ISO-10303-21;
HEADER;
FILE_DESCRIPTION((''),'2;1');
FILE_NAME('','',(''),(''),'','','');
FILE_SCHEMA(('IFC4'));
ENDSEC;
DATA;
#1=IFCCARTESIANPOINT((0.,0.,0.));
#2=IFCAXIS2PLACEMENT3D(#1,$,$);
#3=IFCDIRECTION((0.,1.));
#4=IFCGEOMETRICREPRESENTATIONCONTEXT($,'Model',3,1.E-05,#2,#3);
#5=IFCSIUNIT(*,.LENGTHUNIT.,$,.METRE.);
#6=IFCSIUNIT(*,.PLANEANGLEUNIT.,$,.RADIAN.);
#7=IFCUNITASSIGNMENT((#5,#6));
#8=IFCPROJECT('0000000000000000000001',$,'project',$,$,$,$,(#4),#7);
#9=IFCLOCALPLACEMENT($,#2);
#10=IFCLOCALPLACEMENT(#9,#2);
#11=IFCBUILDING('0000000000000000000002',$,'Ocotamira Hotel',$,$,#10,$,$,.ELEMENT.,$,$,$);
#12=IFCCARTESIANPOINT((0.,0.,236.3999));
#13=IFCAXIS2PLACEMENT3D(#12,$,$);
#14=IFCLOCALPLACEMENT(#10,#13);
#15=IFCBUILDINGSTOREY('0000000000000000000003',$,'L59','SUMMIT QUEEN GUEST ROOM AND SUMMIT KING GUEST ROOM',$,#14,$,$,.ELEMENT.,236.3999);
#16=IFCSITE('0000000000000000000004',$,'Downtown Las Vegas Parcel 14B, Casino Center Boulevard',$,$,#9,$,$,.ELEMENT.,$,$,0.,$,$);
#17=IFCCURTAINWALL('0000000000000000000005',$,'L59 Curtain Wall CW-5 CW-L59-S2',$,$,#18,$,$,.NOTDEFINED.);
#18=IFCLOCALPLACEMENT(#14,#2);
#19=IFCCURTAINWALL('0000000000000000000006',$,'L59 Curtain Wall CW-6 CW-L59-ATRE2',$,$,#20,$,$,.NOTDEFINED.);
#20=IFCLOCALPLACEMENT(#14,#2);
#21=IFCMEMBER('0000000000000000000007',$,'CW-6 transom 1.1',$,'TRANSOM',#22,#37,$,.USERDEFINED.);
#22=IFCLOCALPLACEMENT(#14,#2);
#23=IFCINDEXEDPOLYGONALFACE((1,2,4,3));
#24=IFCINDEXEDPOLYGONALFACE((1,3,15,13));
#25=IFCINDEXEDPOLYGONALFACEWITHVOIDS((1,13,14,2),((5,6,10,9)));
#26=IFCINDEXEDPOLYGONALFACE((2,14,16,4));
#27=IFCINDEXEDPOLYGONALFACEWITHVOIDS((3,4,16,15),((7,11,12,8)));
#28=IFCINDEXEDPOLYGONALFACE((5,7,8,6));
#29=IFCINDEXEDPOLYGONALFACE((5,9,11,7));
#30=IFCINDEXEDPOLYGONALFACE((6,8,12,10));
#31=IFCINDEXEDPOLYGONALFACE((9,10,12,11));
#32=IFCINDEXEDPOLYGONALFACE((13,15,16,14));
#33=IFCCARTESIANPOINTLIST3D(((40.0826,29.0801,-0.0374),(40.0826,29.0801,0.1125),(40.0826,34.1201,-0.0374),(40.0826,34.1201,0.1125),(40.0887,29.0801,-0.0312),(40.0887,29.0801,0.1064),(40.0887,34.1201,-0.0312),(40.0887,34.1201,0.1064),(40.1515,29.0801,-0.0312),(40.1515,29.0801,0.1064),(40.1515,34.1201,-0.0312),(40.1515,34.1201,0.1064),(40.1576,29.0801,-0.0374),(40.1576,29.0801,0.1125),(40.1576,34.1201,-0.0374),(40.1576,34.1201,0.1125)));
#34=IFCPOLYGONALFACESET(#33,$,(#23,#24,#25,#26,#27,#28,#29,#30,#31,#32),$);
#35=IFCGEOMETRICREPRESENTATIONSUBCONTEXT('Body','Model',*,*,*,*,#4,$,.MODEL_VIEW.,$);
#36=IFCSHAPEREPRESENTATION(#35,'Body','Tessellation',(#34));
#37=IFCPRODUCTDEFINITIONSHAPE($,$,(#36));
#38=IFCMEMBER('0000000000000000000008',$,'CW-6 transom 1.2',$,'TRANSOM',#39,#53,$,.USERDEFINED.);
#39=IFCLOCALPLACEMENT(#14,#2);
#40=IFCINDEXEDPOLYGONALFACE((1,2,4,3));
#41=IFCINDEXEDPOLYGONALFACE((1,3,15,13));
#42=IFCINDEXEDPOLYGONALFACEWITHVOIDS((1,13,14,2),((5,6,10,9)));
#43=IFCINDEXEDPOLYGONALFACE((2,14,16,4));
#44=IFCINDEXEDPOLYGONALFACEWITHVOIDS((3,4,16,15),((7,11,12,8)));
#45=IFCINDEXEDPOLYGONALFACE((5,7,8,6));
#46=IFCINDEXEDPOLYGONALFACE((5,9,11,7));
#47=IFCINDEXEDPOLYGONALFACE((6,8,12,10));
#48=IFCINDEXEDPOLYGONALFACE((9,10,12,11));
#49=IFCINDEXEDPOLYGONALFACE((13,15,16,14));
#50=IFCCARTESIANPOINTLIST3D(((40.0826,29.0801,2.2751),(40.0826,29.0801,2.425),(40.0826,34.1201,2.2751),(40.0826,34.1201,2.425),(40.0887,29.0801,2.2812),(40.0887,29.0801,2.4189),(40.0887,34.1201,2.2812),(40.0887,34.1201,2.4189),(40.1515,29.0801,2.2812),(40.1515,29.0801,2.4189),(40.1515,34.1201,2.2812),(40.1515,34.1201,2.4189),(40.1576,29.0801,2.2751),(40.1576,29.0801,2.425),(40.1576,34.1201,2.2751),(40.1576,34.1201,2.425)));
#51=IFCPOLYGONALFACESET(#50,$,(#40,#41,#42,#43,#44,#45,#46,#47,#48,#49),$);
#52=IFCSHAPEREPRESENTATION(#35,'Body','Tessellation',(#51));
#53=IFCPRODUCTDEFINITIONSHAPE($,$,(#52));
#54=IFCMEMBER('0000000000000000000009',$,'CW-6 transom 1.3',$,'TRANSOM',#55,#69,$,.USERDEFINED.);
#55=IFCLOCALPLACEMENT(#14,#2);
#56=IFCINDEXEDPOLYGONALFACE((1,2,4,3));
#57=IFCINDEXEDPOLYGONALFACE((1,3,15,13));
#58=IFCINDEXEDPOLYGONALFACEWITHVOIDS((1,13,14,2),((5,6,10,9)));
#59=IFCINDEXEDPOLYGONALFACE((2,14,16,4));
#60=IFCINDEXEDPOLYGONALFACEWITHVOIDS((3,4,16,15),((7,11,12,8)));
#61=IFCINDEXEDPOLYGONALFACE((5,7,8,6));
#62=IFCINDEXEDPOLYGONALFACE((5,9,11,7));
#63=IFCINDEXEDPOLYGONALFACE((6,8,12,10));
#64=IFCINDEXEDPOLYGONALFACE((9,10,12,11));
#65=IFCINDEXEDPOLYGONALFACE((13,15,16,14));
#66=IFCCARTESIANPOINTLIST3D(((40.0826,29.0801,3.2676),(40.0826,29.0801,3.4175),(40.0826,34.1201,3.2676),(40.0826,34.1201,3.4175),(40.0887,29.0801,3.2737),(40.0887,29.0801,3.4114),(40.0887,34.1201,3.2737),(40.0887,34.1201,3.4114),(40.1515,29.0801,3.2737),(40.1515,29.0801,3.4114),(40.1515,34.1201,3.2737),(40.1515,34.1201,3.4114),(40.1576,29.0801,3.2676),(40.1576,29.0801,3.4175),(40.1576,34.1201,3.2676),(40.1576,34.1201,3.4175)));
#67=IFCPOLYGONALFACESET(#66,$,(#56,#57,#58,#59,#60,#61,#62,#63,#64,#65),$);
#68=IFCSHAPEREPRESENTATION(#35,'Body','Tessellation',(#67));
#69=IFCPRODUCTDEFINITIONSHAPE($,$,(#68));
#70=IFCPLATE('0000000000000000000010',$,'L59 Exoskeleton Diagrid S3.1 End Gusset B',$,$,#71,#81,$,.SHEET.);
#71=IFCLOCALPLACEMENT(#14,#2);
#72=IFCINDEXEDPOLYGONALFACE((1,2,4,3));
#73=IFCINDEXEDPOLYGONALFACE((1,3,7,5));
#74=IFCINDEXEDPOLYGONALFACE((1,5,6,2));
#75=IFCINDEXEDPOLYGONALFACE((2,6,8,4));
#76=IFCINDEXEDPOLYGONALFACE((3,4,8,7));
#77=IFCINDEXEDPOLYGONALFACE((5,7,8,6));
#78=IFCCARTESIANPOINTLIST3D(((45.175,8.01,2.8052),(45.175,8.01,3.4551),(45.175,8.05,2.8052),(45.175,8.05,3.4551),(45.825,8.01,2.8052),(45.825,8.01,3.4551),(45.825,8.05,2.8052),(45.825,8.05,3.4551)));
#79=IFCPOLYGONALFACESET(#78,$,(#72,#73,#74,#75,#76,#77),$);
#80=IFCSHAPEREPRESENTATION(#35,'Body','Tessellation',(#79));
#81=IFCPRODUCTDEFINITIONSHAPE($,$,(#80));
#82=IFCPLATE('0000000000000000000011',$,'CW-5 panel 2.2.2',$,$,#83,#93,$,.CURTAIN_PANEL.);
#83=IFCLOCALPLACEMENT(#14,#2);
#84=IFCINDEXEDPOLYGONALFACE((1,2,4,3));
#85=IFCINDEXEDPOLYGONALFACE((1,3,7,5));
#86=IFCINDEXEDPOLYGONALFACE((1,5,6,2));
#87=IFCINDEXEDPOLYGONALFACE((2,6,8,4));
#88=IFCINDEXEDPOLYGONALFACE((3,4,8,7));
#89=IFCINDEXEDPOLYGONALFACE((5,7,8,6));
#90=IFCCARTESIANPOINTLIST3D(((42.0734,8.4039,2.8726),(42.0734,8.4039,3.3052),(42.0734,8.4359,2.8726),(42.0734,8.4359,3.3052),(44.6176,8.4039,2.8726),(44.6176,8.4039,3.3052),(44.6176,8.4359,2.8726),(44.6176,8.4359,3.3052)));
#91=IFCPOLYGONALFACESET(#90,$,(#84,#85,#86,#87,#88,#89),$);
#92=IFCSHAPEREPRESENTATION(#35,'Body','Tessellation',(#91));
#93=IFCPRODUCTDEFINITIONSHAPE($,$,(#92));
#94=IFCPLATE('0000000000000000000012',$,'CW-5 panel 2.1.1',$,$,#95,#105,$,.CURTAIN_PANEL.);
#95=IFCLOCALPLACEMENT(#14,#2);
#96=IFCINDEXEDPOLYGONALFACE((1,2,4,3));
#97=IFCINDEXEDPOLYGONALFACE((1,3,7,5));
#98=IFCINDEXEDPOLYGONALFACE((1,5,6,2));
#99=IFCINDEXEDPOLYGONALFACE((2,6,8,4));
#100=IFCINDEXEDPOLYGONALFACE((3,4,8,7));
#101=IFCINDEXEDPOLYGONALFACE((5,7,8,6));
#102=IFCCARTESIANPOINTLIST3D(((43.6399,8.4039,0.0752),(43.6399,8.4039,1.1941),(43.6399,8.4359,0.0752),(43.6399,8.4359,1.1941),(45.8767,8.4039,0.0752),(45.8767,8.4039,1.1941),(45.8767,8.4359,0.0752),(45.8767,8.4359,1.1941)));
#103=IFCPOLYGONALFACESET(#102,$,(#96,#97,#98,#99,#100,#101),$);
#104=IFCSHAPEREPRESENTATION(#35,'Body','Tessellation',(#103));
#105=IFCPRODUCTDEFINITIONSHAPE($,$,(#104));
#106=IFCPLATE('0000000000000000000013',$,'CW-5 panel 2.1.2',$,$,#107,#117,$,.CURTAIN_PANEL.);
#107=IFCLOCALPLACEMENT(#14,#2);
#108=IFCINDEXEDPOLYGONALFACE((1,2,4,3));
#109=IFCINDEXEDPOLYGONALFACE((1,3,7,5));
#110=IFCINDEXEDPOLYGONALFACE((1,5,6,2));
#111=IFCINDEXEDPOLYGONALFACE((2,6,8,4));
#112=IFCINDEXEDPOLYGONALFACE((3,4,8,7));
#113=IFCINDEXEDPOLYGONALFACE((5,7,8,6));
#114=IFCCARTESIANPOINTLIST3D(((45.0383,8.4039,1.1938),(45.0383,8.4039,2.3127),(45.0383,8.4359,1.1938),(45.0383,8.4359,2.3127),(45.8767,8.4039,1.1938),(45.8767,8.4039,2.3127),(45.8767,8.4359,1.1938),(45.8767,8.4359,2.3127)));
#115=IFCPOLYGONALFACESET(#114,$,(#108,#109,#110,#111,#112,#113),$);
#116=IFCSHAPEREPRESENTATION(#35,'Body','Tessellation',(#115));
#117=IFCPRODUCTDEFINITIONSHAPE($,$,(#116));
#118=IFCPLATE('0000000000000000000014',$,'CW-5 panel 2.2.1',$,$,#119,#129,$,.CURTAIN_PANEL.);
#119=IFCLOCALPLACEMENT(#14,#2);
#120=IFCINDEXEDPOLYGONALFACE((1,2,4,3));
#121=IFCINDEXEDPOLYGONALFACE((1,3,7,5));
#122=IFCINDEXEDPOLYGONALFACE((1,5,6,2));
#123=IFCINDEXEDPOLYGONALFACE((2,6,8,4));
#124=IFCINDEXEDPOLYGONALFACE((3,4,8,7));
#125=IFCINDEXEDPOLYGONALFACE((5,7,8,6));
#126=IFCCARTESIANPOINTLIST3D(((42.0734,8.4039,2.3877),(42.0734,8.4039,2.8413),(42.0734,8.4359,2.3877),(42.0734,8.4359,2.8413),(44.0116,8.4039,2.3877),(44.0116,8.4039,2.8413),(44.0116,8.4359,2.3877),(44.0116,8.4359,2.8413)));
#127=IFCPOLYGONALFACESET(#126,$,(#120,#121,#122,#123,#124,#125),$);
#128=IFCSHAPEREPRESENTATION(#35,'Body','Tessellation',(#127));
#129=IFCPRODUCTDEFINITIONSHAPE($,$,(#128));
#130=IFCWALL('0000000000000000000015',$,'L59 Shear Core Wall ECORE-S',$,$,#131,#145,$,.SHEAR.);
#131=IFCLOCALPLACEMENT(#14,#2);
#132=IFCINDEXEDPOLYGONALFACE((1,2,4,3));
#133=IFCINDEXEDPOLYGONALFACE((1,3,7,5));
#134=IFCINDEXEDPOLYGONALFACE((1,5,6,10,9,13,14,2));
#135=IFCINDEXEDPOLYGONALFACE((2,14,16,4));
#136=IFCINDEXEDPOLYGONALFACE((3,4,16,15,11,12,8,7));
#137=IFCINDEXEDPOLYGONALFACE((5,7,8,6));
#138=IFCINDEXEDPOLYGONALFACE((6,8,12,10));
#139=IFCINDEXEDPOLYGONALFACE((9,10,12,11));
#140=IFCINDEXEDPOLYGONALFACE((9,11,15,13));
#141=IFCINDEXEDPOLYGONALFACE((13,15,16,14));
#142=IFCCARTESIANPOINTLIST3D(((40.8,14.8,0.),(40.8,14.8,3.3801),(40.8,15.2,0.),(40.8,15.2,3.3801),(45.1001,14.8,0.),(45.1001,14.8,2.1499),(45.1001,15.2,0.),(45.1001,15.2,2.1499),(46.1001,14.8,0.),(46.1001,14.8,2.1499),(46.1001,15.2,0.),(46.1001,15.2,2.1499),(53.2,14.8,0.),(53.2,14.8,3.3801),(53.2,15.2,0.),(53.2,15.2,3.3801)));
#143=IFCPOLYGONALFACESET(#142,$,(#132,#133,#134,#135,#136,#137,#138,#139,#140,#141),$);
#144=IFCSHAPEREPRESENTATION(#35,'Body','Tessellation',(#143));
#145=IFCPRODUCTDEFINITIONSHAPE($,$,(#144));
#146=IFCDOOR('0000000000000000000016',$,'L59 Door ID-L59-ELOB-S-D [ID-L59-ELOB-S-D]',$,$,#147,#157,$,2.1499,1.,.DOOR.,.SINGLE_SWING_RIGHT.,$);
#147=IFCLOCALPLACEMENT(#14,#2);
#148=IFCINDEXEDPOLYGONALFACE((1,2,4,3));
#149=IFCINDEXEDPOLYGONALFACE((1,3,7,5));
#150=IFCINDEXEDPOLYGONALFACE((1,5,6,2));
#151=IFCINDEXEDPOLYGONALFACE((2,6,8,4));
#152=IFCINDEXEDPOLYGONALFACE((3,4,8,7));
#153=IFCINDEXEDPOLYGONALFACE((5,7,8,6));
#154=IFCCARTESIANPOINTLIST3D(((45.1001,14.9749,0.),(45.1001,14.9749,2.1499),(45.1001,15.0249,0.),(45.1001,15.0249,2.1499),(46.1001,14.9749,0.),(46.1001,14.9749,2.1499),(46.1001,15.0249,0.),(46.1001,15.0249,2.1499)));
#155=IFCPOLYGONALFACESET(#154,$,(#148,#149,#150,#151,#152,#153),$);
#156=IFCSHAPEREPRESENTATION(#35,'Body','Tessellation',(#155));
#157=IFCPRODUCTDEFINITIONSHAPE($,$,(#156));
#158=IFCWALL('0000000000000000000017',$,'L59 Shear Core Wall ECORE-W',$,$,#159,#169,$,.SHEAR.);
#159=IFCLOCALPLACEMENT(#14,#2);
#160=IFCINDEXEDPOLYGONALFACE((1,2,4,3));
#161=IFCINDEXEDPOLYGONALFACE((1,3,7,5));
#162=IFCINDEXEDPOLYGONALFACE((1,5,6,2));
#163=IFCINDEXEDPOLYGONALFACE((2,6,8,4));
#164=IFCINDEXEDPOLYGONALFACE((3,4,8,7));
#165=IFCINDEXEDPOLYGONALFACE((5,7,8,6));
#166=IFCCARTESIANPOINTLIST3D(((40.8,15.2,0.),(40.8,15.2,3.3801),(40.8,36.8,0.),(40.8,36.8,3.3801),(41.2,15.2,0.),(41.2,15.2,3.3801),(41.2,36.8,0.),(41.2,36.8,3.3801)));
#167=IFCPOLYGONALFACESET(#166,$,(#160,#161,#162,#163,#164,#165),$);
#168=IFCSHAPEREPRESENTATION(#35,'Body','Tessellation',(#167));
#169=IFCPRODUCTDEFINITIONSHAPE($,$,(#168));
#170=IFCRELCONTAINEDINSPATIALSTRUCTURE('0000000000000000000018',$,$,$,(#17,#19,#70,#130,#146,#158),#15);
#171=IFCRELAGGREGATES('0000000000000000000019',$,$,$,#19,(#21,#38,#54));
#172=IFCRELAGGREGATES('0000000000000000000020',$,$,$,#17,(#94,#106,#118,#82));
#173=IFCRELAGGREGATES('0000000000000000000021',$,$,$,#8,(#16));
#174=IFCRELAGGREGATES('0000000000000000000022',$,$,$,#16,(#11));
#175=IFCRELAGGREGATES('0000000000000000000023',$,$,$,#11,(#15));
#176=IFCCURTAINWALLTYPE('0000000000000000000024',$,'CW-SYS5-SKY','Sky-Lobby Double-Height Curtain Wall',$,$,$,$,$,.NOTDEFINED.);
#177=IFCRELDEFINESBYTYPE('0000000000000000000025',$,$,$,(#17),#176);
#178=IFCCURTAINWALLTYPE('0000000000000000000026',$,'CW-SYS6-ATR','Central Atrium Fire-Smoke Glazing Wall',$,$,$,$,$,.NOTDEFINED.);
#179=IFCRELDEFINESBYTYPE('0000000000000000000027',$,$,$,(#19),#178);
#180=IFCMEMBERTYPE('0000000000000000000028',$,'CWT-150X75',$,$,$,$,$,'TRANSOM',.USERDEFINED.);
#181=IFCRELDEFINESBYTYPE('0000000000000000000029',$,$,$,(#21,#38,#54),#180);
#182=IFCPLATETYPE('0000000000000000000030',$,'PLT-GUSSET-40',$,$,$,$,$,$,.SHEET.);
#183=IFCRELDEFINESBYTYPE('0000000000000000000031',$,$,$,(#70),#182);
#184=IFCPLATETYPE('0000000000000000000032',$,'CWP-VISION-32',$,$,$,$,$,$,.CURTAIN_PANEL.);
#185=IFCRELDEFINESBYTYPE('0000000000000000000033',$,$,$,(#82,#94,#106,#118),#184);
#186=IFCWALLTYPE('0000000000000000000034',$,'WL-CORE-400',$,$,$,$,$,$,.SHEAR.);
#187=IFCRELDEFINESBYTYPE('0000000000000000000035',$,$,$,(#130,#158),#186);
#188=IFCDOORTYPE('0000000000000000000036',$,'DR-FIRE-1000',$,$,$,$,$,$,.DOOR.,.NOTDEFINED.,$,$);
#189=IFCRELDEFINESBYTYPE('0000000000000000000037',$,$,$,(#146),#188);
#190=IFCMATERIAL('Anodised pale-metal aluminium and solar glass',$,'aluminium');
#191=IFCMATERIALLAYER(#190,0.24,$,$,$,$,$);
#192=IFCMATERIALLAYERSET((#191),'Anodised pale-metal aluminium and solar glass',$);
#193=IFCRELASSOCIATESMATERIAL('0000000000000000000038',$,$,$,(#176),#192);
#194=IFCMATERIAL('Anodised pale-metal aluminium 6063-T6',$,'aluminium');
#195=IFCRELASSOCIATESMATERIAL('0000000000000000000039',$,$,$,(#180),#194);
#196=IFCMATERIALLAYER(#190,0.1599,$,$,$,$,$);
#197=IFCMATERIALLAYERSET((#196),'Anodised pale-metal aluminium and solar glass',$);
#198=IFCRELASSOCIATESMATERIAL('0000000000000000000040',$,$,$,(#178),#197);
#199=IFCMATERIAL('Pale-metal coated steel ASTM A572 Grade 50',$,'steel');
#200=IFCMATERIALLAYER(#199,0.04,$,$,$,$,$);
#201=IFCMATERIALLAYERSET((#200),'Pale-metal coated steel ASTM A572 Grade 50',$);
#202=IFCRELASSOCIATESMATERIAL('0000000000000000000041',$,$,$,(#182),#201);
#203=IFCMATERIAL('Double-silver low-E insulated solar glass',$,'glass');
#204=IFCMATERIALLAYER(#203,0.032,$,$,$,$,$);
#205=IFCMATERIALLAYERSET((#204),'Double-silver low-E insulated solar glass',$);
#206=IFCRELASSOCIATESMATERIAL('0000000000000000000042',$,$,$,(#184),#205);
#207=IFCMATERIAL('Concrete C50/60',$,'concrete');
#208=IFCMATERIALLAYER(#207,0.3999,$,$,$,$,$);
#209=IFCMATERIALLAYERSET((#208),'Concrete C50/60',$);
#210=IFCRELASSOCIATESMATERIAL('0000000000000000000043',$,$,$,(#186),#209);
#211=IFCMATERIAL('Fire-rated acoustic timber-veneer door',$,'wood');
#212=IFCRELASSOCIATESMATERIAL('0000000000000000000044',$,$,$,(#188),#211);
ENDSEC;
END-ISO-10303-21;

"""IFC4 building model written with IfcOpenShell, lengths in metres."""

from ifc_helpers import new_model, si_unit, direction, frame, frame_2d, origin, origin_2d, place, context, subcontext, project, spatial, rectangle, hollow_rectangle, extrude, source, transform, mapped, material, layer, layer_set, material_profile, profile_set, type_object, element, fill, aggregate, save


model = new_model("IFC4")

# Units and contexts
model_context = context("Model", 3, precision=1e-05, world=origin(), true_north=direction((0.0, 1.0)))
body_context = subcontext(model_context, "Body", "Model", "MODEL_VIEW")
ifc_project = project(units=[si_unit("LENGTHUNIT", "METRE"), si_unit("PLANEANGLEUNIT", "RADIAN")], contexts=[model_context])

# Site, building, storey
site_placement = place(None, origin())
site = spatial("IfcSite", under=ifc_project, at=site_placement, Name="Downtown Las Vegas Parcel 14B, Casino Center Boulevard", CompositionType="ELEMENT", RefElevation=0.0)
building_placement = place(site_placement, origin())
building = spatial("IfcBuilding", under=site, at=building_placement, Name="Ocotamira Hotel", CompositionType="ELEMENT")
storey_placement = place(building_placement, frame((0.0, 0.0, 236.3999)))
storey = spatial("IfcBuildingStorey", under=building, at=storey_placement, Name="L59", Description="SUMMIT QUEEN GUEST ROOM AND SUMMIT KING GUEST ROOM", CompositionType="ELEMENT", Elevation=236.3999)

# Curtain walls, members
ifc_material_1 = material(Name="Anodised pale-metal aluminium and solar glass", Category="aluminium")
ifc_layer_1 = layer(ifc_material_1, 0.24)
ifc_layer_set_1 = layer_set([ifc_layer_1], Name="Anodised pale-metal aluminium and solar glass")
curtain_wall_type_1 = type_object("IfcCurtainWallType", Name="CW-SYS5-SKY", Description="Sky-Lobby Double-Height Curtain Wall", PredefinedType="NOTDEFINED", material=ifc_layer_set_1)
curtain_wall_1_placement = place(storey_placement, origin())
curtain_wall_1 = element("IfcCurtainWall", 1, at=curtain_wall_1_placement, inside=storey, type_object=curtain_wall_type_1, Name="L59 Curtain Wall CW-5 CW-L59-S2", PredefinedType="NOTDEFINED")
ifc_material_2 = material(Name="Anodised pale-metal aluminium 6063-T6", Category="aluminium")
ifc_material_profile_1 = material_profile(ifc_material_2, hollow_rectangle(XDim=0.075, YDim=0.1499, WallThickness=0.0061, at=origin_2d()), Name="HSS150X75X6")
ifc_profile_set_1 = profile_set([ifc_material_profile_1], Name="Anodised pale-metal aluminium 6063-T6")
member_type_1 = type_object("IfcMemberType", Name="CWT-150X75", ElementType="TRANSOM", PredefinedType="USERDEFINED", material=ifc_profile_set_1)
ifc_layer_2 = layer(ifc_material_1, 0.1599)
ifc_layer_set_2 = layer_set([ifc_layer_2], Name="Anodised pale-metal aluminium and solar glass")
curtain_wall_type_2 = type_object("IfcCurtainWallType", Name="CW-SYS6-ATR", Description="Central Atrium Fire-Smoke Glazing Wall", PredefinedType="NOTDEFINED", material=ifc_layer_set_2)
curtain_wall_2_placement = place(storey_placement, origin())
curtain_wall_2 = element("IfcCurtainWall", 2, at=curtain_wall_2_placement, inside=storey, type_object=curtain_wall_type_2, Name="L59 Curtain Wall CW-6 CW-L59-ATRE2", PredefinedType="NOTDEFINED")
shared_shape_1 = source(origin(), body_context, "Body", "SweptSolid", [
    extrude(hollow_rectangle(XDim=0.075, YDim=0.1499, WallThickness=0.0061, at=origin_2d()), origin(), (0.0, 0.0, 1.0), 5.04),
])
member_1_placement = place(storey_placement, frame((40.1201, 29.0801, 0.0376), z_axis=(0.0, 1.0, 0.0), x_axis=(-1.0, 0.0, 0.0)))
member_1 = element("IfcMember", 3, at=member_1_placement, type_object=member_type_1, Name="CW-6 transom 1.1", ObjectType="TRANSOM", PredefinedType="USERDEFINED", context=body_context, shape_type="MappedRepresentation", body=[
    mapped(shared_shape_1, transform((0.0, 0.0, 0.0), scale=1.0)),
])
member_2_placement = place(storey_placement, frame((40.1201, 29.0801, 2.3501), z_axis=(0.0, 1.0, 0.0), x_axis=(-1.0, 0.0, 0.0)))
member_2 = element("IfcMember", 4, at=member_2_placement, type_object=member_type_1, Name="CW-6 transom 1.2", ObjectType="TRANSOM", PredefinedType="USERDEFINED", context=body_context, shape_type="MappedRepresentation", body=[
    mapped(shared_shape_1, transform((0.0, 0.0, 0.0), scale=1.0)),
])
member_3_placement = place(storey_placement, frame((40.1201, 29.0801, 3.3425), z_axis=(0.0, 1.0, 0.0), x_axis=(-1.0, 0.0, 0.0)))
member_3 = element("IfcMember", 5, at=member_3_placement, type_object=member_type_1, Name="CW-6 transom 1.3", ObjectType="TRANSOM", PredefinedType="USERDEFINED", context=body_context, shape_type="MappedRepresentation", body=[
    mapped(shared_shape_1, transform((0.0, 0.0, 0.0), scale=1.0)),
])
aggregate(curtain_wall_2, [member_1, member_2, member_3])

# Plates
ifc_material_3 = material(Name="Pale-metal coated steel ASTM A572 Grade 50", Category="steel")
ifc_layer_3 = layer(ifc_material_3, 0.04)
ifc_layer_set_3 = layer_set([ifc_layer_3], Name="Pale-metal coated steel ASTM A572 Grade 50")
plate_type_1 = type_object("IfcPlateType", Name="PLT-GUSSET-40", PredefinedType="SHEET", material=ifc_layer_set_3)
shared_shape_2 = source(origin(), body_context, "Body", "SweptSolid", [
    extrude(rectangle(XDim=0.6499, YDim=0.04, at=origin_2d()), origin(), (0.0, 0.0, 1.0), 0.6499),
])
plate_1_placement = place(storey_placement, frame((45.5, 8.03, 2.8052), z_axis=(0.0, 0.0, 1.0), x_axis=(1.0, 0.0, 0.0)))
element("IfcPlate", 6, at=plate_1_placement, inside=storey, type_object=plate_type_1, Name="L59 Exoskeleton Diagrid S3.1 End Gusset B", PredefinedType="SHEET", context=body_context, shape_type="MappedRepresentation", body=[
    mapped(shared_shape_2, transform((0.0, 0.0, 0.0), scale=1.0)),
])
ifc_material_4 = material(Name="Double-silver low-E insulated solar glass", Category="glass")
ifc_layer_4 = layer(ifc_material_4, 0.032)
ifc_layer_set_4 = layer_set([ifc_layer_4], Name="Double-silver low-E insulated solar glass")
plate_type_2 = type_object("IfcPlateType", Name="CWP-VISION-32", PredefinedType="CURTAIN_PANEL", material=ifc_layer_set_4)
shared_shape_3 = source(origin(), body_context, "Body", "SweptSolid", [
    extrude(rectangle(XDim=2.5442, YDim=0.032, at=origin_2d()), origin(), (0.0, 0.0, 1.0), 0.4326),
])
plate_2_placement = place(storey_placement, frame((43.3455, 8.4199, 2.8726), z_axis=(0.0, 0.0, 1.0), x_axis=(1.0, 0.0, 0.0)))
plate_2 = element("IfcPlate", 7, at=plate_2_placement, type_object=plate_type_2, Name="CW-5 panel 2.2.2", PredefinedType="CURTAIN_PANEL", context=body_context, shape_type="MappedRepresentation", body=[
    mapped(shared_shape_3, transform((0.0, 0.0, 0.0), scale=1.0)),
])
shared_shape_4 = source(origin(), body_context, "Body", "SweptSolid", [
    extrude(rectangle(XDim=2.2368, YDim=0.032, at=origin_2d()), origin(), (0.0, 0.0, 1.0), 1.1189),
])
plate_3_placement = place(storey_placement, frame((44.7583, 8.4199, 0.0752), z_axis=(0.0, 0.0, 1.0), x_axis=(1.0, 0.0, 0.0)))
plate_3 = element("IfcPlate", 8, at=plate_3_placement, type_object=plate_type_2, Name="CW-5 panel 2.1.1", PredefinedType="CURTAIN_PANEL", context=body_context, shape_type="MappedRepresentation", body=[
    mapped(shared_shape_4, transform((0.0, 0.0, 0.0), scale=1.0)),
])
shared_shape_5 = source(origin(), body_context, "Body", "SweptSolid", [
    extrude(rectangle(XDim=0.8384, YDim=0.032, at=origin_2d()), origin(), (0.0, 0.0, 1.0), 1.1189),
])
plate_4_placement = place(storey_placement, frame((45.4575, 8.4199, 1.1938), z_axis=(0.0, 0.0, 1.0), x_axis=(1.0, 0.0, 0.0)))
plate_4 = element("IfcPlate", 9, at=plate_4_placement, type_object=plate_type_2, Name="CW-5 panel 2.1.2", PredefinedType="CURTAIN_PANEL", context=body_context, shape_type="MappedRepresentation", body=[
    mapped(shared_shape_5, transform((0.0, 0.0, 0.0), scale=1.0)),
])
shared_shape_6 = source(origin(), body_context, "Body", "SweptSolid", [
    extrude(rectangle(XDim=1.9382, YDim=0.032, at=origin_2d()), origin(), (0.0, 0.0, 1.0), 0.4536),
])
plate_5_placement = place(storey_placement, frame((43.0425, 8.4199, 2.3877), z_axis=(0.0, 0.0, 1.0), x_axis=(1.0, 0.0, 0.0)))
plate_5 = element("IfcPlate", 10, at=plate_5_placement, type_object=plate_type_2, Name="CW-5 panel 2.2.1", PredefinedType="CURTAIN_PANEL", context=body_context, shape_type="MappedRepresentation", body=[
    mapped(shared_shape_6, transform((0.0, 0.0, 0.0), scale=1.0)),
])
aggregate(curtain_wall_1, [plate_3, plate_4, plate_5, plate_2])

# Wall, opening, door
ifc_material_5 = material(Name="Concrete C50/60", Category="concrete")
ifc_layer_5 = layer(ifc_material_5, 0.3999)
ifc_layer_set_5 = layer_set([ifc_layer_5], Name="Concrete C50/60")
wall_type_1 = type_object("IfcWallType", Name="WL-CORE-400", PredefinedType="SHEAR", material=ifc_layer_set_5)
wall_1_placement = place(storey_placement, frame((40.8, 15.0, 0.0), z_axis=(0.0, 0.0, 1.0), x_axis=(1.0, 0.0, 0.0)))
wall_1 = element("IfcWall", 11, at=wall_1_placement, inside=storey, type_object=wall_type_1, Name="L59 Shear Core Wall ECORE-S", PredefinedType="SHEAR", context=body_context, shape_type="SweptSolid", body=[
    extrude(rectangle(XDim=12.3999, YDim=0.3999, at=frame_2d((6.2, 0.0))), origin(), (0.0, 0.0, 1.0), 3.3801),
])
opening_1_placement = place(wall_1_placement, frame((4.3, 0.0, 0.0)))
opening_1 = element("IfcOpeningElement", 12, at=opening_1_placement, cuts=wall_1, PredefinedType="OPENING", context=body_context, shape_type="SweptSolid", body=[
    extrude(rectangle(XDim=1.0, YDim=2.1499, at=frame_2d((0.5, 1.075))), frame((0.0, 0.21, 0.0), z_axis=(0.0, -1.0, 0.0), x_axis=(1.0, 0.0, 0.0)), (0.0, 0.0, 1.0), 0.4199),
])
ifc_material_6 = material(Name="Fire-rated acoustic timber-veneer door", Category="wood")
door_type_1 = type_object("IfcDoorType", Name="DR-FIRE-1000", OperationType="NOTDEFINED", PredefinedType="DOOR", material=ifc_material_6)
shared_shape_7 = source(origin(), body_context, "Body", "SweptSolid", [
    extrude(rectangle(XDim=1.0, YDim=2.1499, at=frame_2d((0.5, 1.075))), frame((0.0, 0.0249, 0.0), z_axis=(0.0, -1.0, 0.0), x_axis=(1.0, 0.0, 0.0)), (0.0, 0.0, 1.0), 0.05),
])
door_1_placement = place(opening_1_placement, origin())
door_1 = element("IfcDoor", 13, at=door_1_placement, inside=storey, type_object=door_type_1, Name="L59 Door ID-L59-ELOB-S-D [ID-L59-ELOB-S-D]", OperationType="SINGLE_SWING_RIGHT", OverallHeight=2.1499, OverallWidth=1.0, PredefinedType="DOOR", context=body_context, shape_type="MappedRepresentation", body=[
    mapped(shared_shape_7, transform((0.0, 0.0, 0.0), scale=1.0)),
])
fill(opening_1, door_1)

# Wall
wall_2_placement = place(storey_placement, frame((41.0, 15.2, 0.0), z_axis=(0.0, 0.0, 1.0), x_axis=(0.0, 1.0, 0.0)))
element("IfcWall", 14, at=wall_2_placement, inside=storey, type_object=wall_type_1, Name="L59 Shear Core Wall ECORE-W", PredefinedType="SHEAR", context=body_context, shape_type="SweptSolid", body=[
    extrude(rectangle(XDim=21.6001, YDim=0.3999, at=frame_2d((10.8, 0.0))), origin(), (0.0, 0.0, 1.0), 3.3801),
])

save(model, "model.ifc")
